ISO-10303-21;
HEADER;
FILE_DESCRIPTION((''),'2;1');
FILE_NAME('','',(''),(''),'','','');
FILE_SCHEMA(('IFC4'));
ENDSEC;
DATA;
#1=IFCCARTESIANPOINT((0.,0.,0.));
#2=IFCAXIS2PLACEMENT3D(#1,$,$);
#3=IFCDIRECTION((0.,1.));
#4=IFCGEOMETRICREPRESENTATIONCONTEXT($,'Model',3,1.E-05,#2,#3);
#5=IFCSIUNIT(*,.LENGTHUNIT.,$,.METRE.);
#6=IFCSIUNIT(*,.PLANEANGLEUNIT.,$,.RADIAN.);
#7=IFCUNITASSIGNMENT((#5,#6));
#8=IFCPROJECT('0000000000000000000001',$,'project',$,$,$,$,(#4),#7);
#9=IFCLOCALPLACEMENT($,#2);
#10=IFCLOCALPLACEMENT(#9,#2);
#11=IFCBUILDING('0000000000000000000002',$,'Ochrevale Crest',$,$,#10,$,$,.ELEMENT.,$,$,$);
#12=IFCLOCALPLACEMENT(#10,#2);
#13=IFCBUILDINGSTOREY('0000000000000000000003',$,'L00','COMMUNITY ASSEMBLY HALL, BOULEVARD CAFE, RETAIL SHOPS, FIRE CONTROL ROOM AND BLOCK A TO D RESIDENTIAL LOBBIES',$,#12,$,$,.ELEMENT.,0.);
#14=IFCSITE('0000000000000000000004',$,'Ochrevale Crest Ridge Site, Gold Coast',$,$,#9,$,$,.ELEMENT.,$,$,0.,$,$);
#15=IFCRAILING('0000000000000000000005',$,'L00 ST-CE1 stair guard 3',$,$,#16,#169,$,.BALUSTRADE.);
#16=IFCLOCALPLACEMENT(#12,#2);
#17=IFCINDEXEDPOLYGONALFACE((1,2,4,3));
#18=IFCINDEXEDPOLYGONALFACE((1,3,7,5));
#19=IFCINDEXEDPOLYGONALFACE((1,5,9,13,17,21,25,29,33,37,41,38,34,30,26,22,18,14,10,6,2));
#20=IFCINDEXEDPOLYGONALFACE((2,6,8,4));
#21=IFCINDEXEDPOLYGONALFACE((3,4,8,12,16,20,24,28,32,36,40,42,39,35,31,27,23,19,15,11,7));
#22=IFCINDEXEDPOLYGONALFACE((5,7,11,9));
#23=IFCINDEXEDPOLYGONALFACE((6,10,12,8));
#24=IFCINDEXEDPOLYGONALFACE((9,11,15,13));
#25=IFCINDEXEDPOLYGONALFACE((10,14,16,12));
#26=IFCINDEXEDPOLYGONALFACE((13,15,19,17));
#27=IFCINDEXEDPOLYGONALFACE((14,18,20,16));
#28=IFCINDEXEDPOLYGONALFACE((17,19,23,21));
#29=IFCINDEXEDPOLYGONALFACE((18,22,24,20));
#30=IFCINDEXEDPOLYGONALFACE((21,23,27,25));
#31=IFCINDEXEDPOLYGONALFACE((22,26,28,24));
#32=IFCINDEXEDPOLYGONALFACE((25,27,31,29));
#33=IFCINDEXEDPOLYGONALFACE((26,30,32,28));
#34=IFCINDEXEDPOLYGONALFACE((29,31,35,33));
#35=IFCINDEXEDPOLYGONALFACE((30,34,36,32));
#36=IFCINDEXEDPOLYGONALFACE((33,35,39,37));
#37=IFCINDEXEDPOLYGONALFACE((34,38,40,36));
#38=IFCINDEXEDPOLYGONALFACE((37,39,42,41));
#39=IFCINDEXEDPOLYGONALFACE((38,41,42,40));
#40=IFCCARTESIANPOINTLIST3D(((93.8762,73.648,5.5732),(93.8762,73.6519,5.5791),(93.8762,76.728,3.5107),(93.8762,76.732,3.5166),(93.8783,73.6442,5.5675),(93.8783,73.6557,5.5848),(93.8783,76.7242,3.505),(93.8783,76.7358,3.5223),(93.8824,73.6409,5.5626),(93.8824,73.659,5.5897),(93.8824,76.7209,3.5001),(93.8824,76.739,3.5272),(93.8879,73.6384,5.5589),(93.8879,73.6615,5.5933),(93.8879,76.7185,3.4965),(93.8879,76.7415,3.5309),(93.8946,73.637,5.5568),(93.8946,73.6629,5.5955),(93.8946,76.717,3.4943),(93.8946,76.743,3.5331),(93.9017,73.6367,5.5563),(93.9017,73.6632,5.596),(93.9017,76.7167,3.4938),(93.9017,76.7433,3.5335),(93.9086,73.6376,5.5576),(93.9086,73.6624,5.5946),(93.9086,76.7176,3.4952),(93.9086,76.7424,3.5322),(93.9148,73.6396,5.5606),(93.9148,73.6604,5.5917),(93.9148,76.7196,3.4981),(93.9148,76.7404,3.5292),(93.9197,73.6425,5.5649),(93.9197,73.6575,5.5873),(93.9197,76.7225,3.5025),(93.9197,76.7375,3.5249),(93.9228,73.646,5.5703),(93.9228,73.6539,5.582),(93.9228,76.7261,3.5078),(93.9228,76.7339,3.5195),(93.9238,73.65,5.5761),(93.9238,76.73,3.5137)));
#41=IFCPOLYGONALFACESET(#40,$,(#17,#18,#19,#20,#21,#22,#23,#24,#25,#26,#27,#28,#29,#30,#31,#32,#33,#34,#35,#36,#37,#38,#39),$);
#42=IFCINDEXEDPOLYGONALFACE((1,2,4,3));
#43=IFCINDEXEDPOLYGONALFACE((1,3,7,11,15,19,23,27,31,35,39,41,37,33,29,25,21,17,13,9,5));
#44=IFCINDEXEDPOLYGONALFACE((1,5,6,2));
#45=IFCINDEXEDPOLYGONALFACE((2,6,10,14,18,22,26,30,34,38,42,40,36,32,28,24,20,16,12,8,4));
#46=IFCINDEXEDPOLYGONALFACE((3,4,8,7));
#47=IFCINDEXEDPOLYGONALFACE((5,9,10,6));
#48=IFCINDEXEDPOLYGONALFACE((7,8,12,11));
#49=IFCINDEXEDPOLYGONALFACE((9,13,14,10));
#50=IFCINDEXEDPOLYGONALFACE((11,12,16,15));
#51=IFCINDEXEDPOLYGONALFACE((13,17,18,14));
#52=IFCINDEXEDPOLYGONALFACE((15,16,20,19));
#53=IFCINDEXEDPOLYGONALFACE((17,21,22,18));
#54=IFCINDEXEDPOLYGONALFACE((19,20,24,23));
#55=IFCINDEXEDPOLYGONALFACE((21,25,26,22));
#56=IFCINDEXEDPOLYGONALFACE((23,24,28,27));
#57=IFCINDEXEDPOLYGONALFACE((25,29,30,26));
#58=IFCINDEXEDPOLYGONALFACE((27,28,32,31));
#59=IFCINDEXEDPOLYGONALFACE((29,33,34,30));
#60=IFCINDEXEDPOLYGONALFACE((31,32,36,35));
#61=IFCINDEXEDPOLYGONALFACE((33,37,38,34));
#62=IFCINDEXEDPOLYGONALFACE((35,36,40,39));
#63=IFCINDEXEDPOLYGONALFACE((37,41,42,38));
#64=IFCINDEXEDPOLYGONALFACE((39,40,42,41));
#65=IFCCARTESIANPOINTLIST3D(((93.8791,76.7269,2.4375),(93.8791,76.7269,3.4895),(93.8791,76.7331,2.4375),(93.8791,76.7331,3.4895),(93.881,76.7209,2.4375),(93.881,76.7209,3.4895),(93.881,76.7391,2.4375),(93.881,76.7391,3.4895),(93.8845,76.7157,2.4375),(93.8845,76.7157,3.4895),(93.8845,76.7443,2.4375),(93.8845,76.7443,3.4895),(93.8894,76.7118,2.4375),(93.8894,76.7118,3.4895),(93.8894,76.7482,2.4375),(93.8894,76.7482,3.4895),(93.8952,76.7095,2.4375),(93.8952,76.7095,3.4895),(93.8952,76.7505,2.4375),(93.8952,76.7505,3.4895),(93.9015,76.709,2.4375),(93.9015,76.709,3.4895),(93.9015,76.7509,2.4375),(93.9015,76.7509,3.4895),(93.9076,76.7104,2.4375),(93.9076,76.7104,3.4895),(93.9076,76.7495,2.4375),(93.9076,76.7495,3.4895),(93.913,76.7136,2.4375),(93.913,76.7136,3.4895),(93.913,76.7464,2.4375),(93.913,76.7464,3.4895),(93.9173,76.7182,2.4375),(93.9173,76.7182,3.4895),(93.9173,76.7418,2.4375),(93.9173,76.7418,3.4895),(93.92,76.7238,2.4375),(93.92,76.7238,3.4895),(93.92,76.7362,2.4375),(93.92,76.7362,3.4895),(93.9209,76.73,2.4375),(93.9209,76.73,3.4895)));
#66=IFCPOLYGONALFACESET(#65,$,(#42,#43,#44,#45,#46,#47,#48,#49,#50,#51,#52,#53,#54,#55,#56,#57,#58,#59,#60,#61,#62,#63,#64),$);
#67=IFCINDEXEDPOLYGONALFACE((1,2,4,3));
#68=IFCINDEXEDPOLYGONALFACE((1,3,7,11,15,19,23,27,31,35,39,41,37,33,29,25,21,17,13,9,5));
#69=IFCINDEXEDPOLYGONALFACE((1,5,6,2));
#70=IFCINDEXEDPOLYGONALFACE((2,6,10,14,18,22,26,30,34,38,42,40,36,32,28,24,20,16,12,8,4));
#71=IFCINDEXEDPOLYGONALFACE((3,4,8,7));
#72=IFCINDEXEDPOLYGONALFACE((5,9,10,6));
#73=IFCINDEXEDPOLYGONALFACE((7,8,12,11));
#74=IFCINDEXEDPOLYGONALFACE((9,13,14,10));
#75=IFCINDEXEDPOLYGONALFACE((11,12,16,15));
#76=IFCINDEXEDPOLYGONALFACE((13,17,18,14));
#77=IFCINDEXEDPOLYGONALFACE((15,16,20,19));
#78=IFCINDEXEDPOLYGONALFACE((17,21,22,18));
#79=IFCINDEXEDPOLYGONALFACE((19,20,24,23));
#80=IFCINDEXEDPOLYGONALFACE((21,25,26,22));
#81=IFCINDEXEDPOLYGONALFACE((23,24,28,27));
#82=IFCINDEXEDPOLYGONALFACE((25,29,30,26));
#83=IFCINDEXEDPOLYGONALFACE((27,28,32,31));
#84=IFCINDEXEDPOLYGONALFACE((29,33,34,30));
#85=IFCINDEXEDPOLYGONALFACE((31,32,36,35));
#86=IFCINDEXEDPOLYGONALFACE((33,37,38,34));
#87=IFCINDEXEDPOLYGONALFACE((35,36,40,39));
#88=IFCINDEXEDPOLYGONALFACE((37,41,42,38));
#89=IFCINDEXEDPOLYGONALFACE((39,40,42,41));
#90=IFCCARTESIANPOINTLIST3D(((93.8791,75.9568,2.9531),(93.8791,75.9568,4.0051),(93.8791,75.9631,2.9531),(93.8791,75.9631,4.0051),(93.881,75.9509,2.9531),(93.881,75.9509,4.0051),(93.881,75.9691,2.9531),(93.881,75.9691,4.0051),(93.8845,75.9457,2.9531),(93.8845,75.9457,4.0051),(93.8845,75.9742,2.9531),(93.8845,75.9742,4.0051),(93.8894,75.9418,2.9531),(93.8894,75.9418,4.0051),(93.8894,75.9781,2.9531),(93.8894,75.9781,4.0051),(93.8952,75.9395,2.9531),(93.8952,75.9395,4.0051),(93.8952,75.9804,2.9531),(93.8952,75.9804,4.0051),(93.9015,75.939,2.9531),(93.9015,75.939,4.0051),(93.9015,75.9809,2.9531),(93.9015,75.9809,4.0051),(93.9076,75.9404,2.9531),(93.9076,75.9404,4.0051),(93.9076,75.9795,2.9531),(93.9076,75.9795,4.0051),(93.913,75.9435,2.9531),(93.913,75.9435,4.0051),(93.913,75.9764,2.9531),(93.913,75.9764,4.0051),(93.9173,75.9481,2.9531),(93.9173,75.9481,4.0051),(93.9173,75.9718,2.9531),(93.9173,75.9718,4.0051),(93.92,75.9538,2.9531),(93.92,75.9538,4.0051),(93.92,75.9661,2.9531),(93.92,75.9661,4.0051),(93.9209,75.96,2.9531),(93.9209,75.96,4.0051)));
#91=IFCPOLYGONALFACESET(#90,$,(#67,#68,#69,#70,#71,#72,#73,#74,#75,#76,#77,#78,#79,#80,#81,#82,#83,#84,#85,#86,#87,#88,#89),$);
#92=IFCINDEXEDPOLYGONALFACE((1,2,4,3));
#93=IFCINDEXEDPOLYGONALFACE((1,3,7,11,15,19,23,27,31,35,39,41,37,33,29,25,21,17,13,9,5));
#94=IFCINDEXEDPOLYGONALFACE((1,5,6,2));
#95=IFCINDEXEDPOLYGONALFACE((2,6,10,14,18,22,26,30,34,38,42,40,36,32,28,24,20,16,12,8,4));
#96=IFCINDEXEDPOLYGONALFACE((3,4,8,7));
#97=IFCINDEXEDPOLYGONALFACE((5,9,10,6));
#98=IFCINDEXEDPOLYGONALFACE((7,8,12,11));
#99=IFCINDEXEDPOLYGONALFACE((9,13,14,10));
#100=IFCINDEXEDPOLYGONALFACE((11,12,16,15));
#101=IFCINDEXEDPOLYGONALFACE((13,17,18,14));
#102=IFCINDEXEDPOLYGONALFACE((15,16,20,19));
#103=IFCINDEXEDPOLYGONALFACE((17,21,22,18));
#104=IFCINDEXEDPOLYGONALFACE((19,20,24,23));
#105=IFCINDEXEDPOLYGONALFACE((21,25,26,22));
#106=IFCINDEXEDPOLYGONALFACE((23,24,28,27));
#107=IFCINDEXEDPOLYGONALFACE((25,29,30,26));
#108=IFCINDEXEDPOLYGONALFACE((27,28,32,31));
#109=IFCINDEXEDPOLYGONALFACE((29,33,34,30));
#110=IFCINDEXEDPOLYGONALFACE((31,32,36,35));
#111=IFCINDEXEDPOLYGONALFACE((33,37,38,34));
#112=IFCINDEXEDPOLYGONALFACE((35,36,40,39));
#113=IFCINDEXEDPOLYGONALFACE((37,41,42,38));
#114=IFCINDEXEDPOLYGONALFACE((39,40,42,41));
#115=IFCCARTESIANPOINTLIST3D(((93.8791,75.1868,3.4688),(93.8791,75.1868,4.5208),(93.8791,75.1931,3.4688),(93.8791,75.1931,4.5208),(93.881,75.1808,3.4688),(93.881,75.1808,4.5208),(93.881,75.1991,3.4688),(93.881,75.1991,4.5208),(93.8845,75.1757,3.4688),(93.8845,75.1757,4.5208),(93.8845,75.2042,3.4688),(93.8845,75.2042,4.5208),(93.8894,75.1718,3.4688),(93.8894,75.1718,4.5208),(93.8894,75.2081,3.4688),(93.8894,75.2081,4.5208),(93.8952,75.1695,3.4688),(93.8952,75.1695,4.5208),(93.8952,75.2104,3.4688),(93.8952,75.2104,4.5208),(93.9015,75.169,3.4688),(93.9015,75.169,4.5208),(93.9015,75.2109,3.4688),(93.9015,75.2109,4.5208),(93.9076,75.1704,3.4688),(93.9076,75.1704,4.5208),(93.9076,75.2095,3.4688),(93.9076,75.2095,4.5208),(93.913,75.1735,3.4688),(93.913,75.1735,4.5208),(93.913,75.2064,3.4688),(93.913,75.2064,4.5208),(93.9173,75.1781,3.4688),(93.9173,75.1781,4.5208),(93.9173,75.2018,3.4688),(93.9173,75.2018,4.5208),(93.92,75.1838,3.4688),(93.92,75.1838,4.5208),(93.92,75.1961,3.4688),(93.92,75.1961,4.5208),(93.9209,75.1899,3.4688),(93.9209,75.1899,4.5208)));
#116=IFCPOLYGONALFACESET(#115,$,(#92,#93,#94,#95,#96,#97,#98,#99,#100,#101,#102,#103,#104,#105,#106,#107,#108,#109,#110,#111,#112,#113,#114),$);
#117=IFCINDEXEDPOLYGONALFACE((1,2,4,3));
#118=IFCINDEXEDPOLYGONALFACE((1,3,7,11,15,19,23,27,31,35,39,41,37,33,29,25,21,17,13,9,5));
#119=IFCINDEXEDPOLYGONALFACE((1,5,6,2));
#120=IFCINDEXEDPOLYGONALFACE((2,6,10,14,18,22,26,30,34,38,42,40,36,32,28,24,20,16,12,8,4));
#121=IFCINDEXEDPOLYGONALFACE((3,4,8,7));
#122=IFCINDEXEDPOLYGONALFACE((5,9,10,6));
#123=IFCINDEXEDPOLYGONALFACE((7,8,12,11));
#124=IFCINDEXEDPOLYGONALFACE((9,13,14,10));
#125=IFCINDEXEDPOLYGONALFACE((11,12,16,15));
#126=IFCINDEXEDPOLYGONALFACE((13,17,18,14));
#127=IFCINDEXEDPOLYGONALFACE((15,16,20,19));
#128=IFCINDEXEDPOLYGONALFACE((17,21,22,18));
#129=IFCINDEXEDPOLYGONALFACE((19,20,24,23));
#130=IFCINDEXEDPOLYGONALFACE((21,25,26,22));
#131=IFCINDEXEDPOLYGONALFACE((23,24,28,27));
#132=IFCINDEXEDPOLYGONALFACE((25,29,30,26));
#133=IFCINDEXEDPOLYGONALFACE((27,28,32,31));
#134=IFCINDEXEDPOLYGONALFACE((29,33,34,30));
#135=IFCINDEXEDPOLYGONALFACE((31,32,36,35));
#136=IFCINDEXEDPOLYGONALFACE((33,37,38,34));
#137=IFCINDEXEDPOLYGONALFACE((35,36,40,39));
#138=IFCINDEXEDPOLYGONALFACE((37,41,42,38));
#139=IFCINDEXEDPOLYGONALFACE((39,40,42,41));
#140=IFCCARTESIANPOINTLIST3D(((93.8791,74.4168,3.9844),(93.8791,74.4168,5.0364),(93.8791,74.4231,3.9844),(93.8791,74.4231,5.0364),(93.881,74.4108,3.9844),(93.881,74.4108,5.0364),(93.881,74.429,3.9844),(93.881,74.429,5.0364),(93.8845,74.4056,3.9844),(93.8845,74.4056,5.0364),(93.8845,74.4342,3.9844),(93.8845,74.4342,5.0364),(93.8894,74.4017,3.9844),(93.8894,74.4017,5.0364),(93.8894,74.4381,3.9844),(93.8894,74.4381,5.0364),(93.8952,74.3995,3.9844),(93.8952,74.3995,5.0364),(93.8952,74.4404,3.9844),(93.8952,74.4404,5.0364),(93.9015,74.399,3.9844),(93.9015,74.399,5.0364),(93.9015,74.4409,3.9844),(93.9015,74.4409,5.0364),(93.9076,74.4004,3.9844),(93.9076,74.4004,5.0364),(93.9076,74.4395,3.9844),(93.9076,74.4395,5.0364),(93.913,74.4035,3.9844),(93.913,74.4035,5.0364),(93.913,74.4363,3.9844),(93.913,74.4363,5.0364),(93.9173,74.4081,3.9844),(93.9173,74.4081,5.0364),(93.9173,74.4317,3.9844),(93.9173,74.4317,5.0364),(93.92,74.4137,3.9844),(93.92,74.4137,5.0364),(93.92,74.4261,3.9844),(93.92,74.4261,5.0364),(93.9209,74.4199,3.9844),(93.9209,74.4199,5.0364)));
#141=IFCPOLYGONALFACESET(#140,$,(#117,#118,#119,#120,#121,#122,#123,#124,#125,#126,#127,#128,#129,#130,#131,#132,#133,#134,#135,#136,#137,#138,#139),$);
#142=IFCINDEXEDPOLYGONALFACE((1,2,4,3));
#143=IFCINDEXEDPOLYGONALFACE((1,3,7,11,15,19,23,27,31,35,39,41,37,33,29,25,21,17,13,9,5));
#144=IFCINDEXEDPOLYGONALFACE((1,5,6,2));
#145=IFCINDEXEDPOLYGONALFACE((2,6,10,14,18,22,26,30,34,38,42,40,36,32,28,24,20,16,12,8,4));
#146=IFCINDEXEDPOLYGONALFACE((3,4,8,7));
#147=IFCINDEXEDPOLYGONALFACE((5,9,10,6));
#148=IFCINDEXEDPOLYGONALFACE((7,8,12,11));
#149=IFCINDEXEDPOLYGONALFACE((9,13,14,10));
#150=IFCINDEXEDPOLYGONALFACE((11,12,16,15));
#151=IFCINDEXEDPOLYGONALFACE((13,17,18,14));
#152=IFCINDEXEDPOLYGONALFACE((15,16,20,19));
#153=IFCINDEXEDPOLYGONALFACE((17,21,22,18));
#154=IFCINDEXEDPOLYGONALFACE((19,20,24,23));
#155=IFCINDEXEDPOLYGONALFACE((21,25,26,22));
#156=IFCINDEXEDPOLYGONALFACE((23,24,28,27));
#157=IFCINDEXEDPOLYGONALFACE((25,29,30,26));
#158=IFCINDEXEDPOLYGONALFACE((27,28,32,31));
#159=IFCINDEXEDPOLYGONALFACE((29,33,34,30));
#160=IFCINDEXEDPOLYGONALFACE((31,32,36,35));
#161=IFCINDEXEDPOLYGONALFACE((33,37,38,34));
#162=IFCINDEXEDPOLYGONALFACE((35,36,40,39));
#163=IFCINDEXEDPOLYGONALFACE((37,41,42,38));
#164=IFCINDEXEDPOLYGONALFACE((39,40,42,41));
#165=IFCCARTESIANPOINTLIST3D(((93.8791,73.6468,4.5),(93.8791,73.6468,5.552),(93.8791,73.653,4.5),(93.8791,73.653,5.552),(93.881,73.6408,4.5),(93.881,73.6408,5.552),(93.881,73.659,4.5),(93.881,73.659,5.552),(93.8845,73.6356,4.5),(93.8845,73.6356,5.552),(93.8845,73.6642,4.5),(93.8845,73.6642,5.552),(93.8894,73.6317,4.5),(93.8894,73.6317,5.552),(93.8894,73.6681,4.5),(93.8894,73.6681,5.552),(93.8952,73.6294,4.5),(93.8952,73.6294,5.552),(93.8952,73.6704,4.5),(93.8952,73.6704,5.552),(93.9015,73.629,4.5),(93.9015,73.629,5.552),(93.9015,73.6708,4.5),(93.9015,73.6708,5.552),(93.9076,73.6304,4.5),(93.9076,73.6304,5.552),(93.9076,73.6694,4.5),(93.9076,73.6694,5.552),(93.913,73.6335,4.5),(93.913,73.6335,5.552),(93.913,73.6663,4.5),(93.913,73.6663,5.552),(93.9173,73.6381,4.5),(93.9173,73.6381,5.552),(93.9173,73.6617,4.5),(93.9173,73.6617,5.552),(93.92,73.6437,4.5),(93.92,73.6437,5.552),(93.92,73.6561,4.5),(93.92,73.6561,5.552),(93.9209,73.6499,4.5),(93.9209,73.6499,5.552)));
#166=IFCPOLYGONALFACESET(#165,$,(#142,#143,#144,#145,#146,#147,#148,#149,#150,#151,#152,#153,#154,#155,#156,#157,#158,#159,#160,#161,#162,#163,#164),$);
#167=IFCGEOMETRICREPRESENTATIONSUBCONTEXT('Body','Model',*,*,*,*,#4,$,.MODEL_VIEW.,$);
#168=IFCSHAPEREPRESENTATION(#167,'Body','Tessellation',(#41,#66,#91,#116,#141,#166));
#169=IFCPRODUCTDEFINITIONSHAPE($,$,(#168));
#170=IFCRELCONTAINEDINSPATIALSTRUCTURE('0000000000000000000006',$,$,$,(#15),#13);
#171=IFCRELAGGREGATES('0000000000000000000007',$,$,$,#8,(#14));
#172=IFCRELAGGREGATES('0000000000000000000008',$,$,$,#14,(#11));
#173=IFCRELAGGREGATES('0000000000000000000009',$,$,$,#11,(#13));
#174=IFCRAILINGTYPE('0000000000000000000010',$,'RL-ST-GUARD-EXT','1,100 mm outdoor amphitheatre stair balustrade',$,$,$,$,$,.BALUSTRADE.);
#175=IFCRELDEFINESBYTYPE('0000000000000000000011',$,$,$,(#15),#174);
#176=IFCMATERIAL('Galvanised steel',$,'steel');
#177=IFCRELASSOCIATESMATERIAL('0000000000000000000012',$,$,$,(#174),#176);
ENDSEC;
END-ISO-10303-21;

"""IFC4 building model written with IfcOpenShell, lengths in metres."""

from ifc_helpers import new_model, si_unit, direction, frame, origin, origin_2d, place, context, subcontext, project, spatial, circle, extrude, material, type_object, element, save


model = new_model("IFC4")

# Units and contexts
model_context = context("Model", 3, precision=1e-05, world=origin(), true_north=direction((0.0, 1.0)))
body_context = subcontext(model_context, "Body", "Model", "MODEL_VIEW")
ifc_project = project(units=[si_unit("LENGTHUNIT", "METRE"), si_unit("PLANEANGLEUNIT", "RADIAN")], contexts=[model_context])

# Site, building, storey
site_placement = place(None, origin())
site = spatial("IfcSite", under=ifc_project, at=site_placement, Name="Ochrevale Crest Ridge Site, Gold Coast", CompositionType="ELEMENT", RefElevation=0.0)
building_placement = place(site_placement, origin())
building = spatial("IfcBuilding", under=site, at=building_placement, Name="Ochrevale Crest", CompositionType="ELEMENT")
storey_placement = place(building_placement, origin())
storey = spatial("IfcBuildingStorey", under=building, at=storey_placement, Name="L00", Description="COMMUNITY ASSEMBLY HALL, BOULEVARD CAFE, RETAIL SHOPS, FIRE CONTROL ROOM AND BLOCK A TO D RESIDENTIAL LOBBIES", CompositionType="ELEMENT", Elevation=0.0)

# Railing
ifc_material_1 = material(Name="Galvanised steel", Category="steel")
railing_type_1 = type_object("IfcRailingType", Name="RL-ST-GUARD-EXT", Description="1,100 mm outdoor amphitheatre stair balustrade", PredefinedType="BALUSTRADE", material=ifc_material_1)
railing_1_placement = place(storey_placement, frame((93.8999, 76.73, 2.4375)))
element("IfcRailing", 1, at=railing_1_placement, inside=storey, type_object=railing_type_1, Name="L00 ST-CE1 stair guard 3", PredefinedType="BALUSTRADE", context=body_context, shape_type="SweptSolid", body=[
    extrude(circle(Radius=0.0239, at=origin_2d()), frame((0.0, 0.0, 1.0762), z_axis=(0.0, -0.830914, 0.556401), x_axis=(1.0, 0.0, 0.0)), (0.0, 0.0, 1.0), 3.7068),
    extrude(circle(Radius=0.021, at=origin_2d()), origin(), (0.0, 0.0, 1.0), 1.052),
    extrude(circle(Radius=0.021, at=origin_2d()), frame((0.0, -0.77, 0.5156)), (0.0, 0.0, 1.0), 1.052),
    extrude(circle(Radius=0.021, at=origin_2d()), frame((0.0, -1.54, 1.0312)), (0.0, 0.0, 1.0), 1.052),
    extrude(circle(Radius=0.021, at=origin_2d()), frame((0.0, -2.3101, 1.5469)), (0.0, 0.0, 1.0), 1.052),
    extrude(circle(Radius=0.021, at=origin_2d()), frame((0.0, -3.0801, 2.0625)), (0.0, 0.0, 1.0), 1.052),
])

save(model, "model.ifc")
